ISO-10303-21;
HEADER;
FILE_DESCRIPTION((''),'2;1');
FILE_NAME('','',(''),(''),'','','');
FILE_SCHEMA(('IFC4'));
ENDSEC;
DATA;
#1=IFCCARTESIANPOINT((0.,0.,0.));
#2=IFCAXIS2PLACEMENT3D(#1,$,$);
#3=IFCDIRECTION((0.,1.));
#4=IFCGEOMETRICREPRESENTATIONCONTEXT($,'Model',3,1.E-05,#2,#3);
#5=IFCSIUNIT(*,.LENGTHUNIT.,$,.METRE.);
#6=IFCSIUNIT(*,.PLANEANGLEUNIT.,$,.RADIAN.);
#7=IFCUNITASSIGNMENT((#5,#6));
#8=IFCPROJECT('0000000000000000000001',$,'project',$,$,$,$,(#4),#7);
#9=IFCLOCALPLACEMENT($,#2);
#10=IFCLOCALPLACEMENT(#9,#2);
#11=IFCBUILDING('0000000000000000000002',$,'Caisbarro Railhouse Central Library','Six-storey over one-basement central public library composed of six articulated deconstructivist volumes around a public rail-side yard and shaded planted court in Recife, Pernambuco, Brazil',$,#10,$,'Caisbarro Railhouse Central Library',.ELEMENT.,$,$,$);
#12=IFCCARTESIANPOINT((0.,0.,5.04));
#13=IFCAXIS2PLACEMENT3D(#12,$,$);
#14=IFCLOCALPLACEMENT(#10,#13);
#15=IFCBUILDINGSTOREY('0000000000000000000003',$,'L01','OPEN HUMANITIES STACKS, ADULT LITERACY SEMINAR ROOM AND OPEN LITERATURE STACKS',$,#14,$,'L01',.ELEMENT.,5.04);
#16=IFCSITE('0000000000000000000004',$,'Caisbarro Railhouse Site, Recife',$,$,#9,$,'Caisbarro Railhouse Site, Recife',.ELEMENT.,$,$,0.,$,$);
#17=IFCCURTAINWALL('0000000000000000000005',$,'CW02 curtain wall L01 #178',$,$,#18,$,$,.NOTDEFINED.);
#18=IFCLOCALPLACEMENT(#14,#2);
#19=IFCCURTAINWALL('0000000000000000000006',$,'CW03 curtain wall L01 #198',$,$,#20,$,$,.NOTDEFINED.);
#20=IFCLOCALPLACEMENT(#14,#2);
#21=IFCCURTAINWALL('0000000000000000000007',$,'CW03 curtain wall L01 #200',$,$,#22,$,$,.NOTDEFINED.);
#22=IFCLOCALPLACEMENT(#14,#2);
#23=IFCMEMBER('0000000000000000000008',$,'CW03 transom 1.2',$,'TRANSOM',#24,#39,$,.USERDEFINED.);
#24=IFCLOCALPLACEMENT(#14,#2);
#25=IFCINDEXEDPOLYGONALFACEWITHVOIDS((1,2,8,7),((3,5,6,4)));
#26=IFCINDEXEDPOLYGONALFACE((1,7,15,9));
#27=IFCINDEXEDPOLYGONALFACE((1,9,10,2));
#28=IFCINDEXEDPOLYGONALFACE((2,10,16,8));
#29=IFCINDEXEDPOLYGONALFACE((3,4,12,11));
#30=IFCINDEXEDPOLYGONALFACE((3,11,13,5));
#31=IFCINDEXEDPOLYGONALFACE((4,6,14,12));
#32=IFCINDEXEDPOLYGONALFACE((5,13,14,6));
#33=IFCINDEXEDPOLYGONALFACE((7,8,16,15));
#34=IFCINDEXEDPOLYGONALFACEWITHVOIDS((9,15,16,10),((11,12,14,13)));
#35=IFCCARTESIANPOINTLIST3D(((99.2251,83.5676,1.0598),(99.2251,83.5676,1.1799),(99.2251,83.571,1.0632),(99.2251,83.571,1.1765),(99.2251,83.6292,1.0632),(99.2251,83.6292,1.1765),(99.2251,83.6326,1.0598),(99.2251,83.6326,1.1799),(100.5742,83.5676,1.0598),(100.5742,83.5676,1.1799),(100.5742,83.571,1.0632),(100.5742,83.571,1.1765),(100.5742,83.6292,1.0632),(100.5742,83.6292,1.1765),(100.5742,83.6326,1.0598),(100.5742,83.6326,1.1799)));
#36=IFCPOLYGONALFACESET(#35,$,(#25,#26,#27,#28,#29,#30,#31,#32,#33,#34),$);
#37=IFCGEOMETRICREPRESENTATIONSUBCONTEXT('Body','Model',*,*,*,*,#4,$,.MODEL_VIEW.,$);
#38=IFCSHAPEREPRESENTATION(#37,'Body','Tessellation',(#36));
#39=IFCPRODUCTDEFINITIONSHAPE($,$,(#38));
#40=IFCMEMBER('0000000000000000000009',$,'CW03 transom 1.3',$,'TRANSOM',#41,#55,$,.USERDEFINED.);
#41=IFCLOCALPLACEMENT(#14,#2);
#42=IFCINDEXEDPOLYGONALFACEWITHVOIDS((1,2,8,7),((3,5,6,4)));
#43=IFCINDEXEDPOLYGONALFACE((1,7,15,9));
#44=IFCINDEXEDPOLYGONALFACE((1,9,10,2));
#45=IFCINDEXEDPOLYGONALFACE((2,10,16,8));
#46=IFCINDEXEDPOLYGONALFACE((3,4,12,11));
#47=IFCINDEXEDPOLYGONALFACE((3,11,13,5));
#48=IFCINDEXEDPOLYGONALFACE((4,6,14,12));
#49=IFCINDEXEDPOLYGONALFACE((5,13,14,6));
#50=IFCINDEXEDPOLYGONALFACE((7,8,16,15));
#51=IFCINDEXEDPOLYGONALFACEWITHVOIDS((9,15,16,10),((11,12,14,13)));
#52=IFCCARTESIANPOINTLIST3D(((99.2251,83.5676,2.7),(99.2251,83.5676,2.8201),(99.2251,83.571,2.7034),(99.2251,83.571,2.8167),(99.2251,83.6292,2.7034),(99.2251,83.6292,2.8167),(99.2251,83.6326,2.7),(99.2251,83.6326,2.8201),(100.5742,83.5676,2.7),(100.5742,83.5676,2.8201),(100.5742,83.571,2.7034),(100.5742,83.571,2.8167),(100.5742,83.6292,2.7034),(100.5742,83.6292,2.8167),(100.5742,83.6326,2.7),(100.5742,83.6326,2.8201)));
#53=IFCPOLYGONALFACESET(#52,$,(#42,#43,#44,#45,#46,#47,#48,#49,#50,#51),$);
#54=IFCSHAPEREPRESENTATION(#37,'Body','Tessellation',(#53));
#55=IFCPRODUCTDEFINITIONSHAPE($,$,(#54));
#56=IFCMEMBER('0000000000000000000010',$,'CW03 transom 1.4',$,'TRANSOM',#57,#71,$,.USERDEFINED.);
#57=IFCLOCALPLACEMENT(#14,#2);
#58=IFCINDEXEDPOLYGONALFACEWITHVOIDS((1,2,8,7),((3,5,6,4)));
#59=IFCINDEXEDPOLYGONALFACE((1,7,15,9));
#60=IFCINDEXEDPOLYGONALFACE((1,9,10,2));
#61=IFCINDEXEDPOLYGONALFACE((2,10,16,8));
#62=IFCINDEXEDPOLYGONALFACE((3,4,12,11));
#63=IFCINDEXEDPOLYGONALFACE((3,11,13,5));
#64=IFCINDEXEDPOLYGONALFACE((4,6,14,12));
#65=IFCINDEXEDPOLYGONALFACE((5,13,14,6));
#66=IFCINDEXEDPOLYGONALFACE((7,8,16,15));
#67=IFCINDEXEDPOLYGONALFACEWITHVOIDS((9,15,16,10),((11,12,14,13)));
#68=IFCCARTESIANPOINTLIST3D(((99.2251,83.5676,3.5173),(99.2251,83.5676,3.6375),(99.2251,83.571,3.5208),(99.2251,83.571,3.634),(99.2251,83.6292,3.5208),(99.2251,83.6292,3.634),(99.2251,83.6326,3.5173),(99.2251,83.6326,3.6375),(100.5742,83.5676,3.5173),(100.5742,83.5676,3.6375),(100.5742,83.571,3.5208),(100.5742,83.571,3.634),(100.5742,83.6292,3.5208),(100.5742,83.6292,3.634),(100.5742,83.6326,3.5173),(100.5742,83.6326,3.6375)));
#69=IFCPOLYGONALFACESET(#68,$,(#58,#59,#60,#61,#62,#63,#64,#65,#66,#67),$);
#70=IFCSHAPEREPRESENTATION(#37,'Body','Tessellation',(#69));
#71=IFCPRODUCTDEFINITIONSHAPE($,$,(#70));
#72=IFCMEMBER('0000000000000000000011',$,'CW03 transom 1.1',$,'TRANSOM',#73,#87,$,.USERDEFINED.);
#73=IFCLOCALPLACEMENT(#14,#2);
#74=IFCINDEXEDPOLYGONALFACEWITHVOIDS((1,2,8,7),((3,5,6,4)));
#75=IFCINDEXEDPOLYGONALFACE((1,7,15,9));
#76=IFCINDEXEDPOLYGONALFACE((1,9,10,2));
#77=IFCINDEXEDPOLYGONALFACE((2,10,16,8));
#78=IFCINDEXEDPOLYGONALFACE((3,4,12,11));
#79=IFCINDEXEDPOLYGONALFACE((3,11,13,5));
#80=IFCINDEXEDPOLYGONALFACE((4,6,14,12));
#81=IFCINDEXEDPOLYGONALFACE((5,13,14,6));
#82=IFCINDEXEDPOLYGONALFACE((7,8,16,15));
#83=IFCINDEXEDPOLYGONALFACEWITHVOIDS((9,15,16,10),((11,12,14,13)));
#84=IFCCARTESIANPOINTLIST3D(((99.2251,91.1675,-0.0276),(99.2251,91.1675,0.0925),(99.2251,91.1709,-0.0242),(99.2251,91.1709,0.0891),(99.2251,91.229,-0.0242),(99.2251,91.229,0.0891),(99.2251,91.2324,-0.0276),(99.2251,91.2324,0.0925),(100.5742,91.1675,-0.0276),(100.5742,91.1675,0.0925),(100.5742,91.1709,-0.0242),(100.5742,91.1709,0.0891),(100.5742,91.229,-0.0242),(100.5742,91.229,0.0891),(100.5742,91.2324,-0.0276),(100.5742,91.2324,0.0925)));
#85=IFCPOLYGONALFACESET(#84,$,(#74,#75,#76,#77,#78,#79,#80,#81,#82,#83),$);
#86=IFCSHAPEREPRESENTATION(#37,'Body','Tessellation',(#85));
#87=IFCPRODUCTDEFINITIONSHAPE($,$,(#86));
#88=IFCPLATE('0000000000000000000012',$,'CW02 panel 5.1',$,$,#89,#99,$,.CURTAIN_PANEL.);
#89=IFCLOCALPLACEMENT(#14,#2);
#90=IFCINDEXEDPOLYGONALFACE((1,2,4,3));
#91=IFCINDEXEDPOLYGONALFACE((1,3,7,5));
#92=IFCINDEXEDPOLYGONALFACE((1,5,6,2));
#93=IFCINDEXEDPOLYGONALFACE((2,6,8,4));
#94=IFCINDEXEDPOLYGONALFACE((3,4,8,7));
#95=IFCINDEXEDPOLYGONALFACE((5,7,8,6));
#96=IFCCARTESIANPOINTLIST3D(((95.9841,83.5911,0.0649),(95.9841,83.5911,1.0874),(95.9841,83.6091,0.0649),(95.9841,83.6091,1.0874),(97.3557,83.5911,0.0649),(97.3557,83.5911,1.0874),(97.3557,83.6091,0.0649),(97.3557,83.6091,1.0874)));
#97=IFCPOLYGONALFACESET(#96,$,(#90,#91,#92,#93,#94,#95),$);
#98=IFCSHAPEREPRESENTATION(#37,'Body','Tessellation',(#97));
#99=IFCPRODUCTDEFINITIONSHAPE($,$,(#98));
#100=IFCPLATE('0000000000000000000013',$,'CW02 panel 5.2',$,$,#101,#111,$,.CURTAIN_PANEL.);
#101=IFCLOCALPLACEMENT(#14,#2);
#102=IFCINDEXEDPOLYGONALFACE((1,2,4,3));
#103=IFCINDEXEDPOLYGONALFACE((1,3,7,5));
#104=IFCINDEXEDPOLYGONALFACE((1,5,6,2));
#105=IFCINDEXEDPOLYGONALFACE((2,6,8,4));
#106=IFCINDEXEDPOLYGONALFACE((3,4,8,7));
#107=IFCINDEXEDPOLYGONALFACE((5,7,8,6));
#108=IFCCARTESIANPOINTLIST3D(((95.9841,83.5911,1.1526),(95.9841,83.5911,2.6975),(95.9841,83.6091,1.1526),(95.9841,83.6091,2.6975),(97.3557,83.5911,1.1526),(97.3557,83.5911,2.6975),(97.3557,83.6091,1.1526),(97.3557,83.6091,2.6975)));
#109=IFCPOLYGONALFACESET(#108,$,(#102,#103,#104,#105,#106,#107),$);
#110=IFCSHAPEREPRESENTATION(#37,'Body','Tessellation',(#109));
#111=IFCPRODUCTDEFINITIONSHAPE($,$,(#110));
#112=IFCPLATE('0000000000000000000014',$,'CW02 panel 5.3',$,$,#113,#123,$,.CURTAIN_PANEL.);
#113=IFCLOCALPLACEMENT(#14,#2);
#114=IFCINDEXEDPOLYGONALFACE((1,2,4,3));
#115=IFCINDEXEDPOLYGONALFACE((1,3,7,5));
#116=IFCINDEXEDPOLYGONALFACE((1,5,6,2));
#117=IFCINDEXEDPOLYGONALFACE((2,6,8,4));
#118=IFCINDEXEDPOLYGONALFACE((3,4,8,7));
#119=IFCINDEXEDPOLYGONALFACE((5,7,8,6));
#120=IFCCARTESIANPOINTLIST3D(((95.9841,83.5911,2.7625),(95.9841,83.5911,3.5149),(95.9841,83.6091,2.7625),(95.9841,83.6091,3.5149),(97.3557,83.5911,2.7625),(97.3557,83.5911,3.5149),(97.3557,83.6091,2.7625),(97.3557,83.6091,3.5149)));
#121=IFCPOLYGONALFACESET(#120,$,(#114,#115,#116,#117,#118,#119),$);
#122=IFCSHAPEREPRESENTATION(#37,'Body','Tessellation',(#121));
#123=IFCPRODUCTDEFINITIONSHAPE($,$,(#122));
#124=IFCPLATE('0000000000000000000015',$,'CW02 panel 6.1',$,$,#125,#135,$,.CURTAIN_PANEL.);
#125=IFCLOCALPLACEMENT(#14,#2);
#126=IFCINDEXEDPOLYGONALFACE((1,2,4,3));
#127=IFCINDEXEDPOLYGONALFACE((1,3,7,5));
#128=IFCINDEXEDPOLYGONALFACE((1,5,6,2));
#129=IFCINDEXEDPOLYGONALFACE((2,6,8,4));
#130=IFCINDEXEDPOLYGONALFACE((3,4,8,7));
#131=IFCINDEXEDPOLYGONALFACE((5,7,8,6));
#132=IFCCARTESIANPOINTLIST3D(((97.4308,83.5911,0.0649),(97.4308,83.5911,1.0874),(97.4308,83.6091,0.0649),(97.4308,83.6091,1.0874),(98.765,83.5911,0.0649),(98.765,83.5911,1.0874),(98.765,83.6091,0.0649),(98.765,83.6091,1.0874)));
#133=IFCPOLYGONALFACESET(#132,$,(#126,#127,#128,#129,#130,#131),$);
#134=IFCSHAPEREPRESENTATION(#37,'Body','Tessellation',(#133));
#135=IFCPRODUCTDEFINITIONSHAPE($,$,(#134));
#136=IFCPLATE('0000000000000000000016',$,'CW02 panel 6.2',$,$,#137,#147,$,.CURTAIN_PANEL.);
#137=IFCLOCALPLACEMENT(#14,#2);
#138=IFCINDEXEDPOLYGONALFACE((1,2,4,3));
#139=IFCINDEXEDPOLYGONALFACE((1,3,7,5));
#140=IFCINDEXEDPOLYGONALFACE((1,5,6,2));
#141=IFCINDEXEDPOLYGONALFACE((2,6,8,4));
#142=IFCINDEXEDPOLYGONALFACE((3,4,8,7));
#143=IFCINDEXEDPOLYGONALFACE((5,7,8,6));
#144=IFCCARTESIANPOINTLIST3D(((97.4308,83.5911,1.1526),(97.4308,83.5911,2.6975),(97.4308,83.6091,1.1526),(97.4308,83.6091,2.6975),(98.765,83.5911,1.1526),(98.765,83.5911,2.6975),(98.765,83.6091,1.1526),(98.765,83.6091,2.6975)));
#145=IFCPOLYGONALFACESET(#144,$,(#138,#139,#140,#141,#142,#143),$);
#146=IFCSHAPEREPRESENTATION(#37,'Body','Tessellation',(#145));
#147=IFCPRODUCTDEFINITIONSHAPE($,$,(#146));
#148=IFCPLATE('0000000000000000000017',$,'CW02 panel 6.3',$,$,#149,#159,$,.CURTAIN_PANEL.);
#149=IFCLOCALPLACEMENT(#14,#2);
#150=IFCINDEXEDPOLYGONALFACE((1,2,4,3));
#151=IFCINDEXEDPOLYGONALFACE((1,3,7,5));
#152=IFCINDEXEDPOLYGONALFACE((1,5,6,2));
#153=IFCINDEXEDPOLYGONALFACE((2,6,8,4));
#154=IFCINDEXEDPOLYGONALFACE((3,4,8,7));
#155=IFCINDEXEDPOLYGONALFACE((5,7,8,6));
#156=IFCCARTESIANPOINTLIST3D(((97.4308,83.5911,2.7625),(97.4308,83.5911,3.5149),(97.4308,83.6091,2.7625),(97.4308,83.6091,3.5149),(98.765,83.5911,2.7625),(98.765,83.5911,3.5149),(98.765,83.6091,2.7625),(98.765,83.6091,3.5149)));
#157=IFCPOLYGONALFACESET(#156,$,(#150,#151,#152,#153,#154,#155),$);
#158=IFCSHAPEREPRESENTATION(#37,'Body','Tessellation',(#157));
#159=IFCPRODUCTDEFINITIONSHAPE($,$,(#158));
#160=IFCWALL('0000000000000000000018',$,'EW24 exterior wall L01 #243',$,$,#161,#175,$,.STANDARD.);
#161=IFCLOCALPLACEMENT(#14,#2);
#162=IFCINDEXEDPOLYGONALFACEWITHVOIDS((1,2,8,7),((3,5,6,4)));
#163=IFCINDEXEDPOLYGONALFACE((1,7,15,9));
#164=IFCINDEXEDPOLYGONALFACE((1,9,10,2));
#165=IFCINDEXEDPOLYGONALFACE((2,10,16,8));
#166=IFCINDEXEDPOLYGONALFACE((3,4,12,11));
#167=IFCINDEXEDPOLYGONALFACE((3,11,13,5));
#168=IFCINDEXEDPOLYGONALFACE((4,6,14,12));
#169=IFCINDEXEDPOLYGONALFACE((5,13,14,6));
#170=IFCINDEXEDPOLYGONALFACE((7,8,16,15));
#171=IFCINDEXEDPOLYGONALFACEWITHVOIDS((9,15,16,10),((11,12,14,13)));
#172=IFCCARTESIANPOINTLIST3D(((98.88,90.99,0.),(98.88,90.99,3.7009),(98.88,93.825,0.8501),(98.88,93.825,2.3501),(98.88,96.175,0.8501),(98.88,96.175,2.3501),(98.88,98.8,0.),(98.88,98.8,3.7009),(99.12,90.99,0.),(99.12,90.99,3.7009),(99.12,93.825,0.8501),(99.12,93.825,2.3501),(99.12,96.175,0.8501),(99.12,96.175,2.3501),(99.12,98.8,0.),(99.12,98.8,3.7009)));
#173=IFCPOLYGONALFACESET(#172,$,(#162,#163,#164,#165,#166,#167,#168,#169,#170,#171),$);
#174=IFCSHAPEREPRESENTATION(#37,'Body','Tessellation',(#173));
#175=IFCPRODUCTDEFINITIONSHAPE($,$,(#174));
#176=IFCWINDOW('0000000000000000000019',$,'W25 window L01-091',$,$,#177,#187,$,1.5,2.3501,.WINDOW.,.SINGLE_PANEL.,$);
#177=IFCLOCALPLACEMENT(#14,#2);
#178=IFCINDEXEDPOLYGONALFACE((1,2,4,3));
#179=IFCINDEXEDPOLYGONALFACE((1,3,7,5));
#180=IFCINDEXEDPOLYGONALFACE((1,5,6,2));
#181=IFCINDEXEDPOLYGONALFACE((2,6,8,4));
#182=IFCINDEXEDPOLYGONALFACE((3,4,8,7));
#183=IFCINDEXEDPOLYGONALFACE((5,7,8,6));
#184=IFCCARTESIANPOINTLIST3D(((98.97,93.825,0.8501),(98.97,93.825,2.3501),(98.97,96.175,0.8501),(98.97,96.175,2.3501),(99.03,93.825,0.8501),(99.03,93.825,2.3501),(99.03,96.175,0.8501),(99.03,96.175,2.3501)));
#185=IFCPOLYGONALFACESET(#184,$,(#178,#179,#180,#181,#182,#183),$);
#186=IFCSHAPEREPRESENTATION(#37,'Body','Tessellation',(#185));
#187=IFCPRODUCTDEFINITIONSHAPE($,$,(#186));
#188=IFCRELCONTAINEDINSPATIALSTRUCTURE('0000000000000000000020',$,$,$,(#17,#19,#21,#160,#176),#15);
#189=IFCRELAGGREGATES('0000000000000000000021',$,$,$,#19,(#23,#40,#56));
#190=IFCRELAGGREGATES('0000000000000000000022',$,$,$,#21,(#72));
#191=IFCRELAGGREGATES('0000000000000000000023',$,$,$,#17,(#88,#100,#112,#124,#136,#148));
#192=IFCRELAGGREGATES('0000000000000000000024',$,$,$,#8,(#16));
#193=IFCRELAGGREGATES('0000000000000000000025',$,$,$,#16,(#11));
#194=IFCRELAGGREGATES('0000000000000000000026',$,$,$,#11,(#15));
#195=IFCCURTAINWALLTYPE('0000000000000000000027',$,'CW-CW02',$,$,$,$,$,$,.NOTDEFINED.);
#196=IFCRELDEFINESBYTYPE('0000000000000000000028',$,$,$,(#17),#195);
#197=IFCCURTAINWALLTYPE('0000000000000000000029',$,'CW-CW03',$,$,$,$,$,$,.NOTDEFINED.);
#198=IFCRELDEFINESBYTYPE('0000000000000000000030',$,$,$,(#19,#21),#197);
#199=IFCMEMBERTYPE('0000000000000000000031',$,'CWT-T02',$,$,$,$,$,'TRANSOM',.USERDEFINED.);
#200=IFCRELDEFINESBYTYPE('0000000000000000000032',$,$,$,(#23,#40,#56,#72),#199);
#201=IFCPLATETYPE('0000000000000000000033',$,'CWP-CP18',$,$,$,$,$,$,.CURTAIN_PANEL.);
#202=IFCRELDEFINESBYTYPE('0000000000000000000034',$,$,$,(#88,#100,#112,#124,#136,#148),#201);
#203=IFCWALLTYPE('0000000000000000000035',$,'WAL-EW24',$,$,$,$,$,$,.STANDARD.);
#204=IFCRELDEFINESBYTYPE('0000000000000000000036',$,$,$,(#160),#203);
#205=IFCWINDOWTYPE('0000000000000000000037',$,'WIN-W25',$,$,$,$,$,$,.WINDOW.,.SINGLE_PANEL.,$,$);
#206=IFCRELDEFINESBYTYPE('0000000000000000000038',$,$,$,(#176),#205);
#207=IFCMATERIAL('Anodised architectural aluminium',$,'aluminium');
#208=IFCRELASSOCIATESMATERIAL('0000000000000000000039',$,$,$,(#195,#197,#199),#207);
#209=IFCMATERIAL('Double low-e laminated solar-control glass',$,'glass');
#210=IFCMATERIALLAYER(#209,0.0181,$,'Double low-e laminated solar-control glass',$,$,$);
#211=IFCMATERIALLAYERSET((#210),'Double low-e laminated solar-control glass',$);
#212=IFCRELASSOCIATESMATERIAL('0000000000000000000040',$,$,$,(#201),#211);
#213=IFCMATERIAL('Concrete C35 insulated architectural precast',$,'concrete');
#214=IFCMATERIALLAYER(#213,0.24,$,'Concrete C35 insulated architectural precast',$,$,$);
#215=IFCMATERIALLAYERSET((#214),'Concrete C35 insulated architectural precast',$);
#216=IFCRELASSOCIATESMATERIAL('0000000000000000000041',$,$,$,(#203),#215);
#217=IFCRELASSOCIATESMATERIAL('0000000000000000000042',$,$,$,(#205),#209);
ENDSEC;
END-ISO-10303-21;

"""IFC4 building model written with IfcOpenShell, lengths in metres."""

from ifc_helpers import new_model, si_unit, direction, frame, frame_2d, origin, origin_2d, place, context, subcontext, project, spatial, rectangle, hollow_rectangle, extrude, material, layer, layer_set, material_profile, profile_set, type_object, element, fill, aggregate, save


model = new_model("IFC4")

# Units and contexts
model_context = context("Model", 3, precision=1e-05, world=origin(), true_north=direction((0.0, 1.0)))
body_context = subcontext(model_context, "Body", "Model", "MODEL_VIEW")
ifc_project = project(units=[si_unit("LENGTHUNIT", "METRE"), si_unit("PLANEANGLEUNIT", "RADIAN")], contexts=[model_context])

# Site, building, storey
site_placement = place(None, origin())
site = spatial("IfcSite", under=ifc_project, at=site_placement, Name="Caisbarro Railhouse Site, Recife", LongName="Caisbarro Railhouse Site, Recife", CompositionType="ELEMENT", RefElevation=0.0)
building_placement = place(site_placement, origin())
building = spatial("IfcBuilding", under=site, at=building_placement, Name="Caisbarro Railhouse Central Library", Description="Six-storey over one-basement central public library composed of six articulated deconstructivist volumes around a public rail-side yard and shaded planted court in Recife, Pernambuco, Brazil", LongName="Caisbarro Railhouse Central Library", CompositionType="ELEMENT")
storey_placement = place(building_placement, frame((0.0, 0.0, 5.04)))
storey = spatial("IfcBuildingStorey", under=building, at=storey_placement, Name="L01", Description="OPEN HUMANITIES STACKS, ADULT LITERACY SEMINAR ROOM AND OPEN LITERATURE STACKS", LongName="L01", CompositionType="ELEMENT", Elevation=5.04)

# Curtain wall
ifc_material_1 = material(Name="Anodised architectural aluminium", Category="aluminium")
curtain_wall_type_1 = type_object("IfcCurtainWallType", Name="CW-CW02", PredefinedType="NOTDEFINED", material=ifc_material_1)
curtain_wall_1_placement = place(storey_placement, origin())
curtain_wall_1 = element("IfcCurtainWall", 1, at=curtain_wall_1_placement, inside=storey, type_object=curtain_wall_type_1, Name="CW02 curtain wall L01 #178", PredefinedType="NOTDEFINED")

# Curtain walls
curtain_wall_type_2 = type_object("IfcCurtainWallType", Name="CW-CW03", PredefinedType="NOTDEFINED", material=ifc_material_1)
curtain_wall_2_placement = place(storey_placement, origin())
curtain_wall_2 = element("IfcCurtainWall", 2, at=curtain_wall_2_placement, inside=storey, type_object=curtain_wall_type_2, Name="CW03 curtain wall L01 #198", PredefinedType="NOTDEFINED")
curtain_wall_3_placement = place(storey_placement, origin())
curtain_wall_3 = element("IfcCurtainWall", 3, at=curtain_wall_3_placement, inside=storey, type_object=curtain_wall_type_2, Name="CW03 curtain wall L01 #200", PredefinedType="NOTDEFINED")

# Members
ifc_material_profile_1 = material_profile(ifc_material_1, hollow_rectangle(XDim=0.0649, YDim=0.1201, WallThickness=0.0034, at=origin_2d()), Name="ALU-TRN-65X120")
ifc_profile_set_1 = profile_set([ifc_material_profile_1], Name="Anodised architectural aluminium")
member_type_1 = type_object("IfcMemberType", Name="CWT-T02", ElementType="TRANSOM", PredefinedType="USERDEFINED", material=ifc_profile_set_1)
member_1_placement = place(storey_placement, frame((99.2251, 83.6001, 1.1199), z_axis=(1.0, 0.0, 0.0), x_axis=(0.0, 1.0, 0.0)))
member_1 = element("IfcMember", 4, at=member_1_placement, type_object=member_type_1, Name="CW03 transom 1.2", ObjectType="TRANSOM", PredefinedType="USERDEFINED", context=body_context, shape_type="SweptSolid", body=[
    extrude(hollow_rectangle(XDim=0.0649, YDim=0.1201, WallThickness=0.0034, at=origin_2d()), origin(), (0.0, 0.0, 1.0), 1.3491),
])
member_2_placement = place(storey_placement, frame((99.2251, 83.6001, 2.76), z_axis=(1.0, 0.0, 0.0), x_axis=(0.0, 1.0, 0.0)))
member_2 = element("IfcMember", 5, at=member_2_placement, type_object=member_type_1, Name="CW03 transom 1.3", ObjectType="TRANSOM", PredefinedType="USERDEFINED", context=body_context, shape_type="SweptSolid", body=[
    extrude(hollow_rectangle(XDim=0.0649, YDim=0.1201, WallThickness=0.0034, at=origin_2d()), origin(), (0.0, 0.0, 1.0), 1.3491),
])
member_3_placement = place(storey_placement, frame((99.2251, 83.6001, 3.5774), z_axis=(1.0, 0.0, 0.0), x_axis=(0.0, 1.0, 0.0)))
member_3 = element("IfcMember", 6, at=member_3_placement, type_object=member_type_1, Name="CW03 transom 1.4", ObjectType="TRANSOM", PredefinedType="USERDEFINED", context=body_context, shape_type="SweptSolid", body=[
    extrude(hollow_rectangle(XDim=0.0649, YDim=0.1201, WallThickness=0.0034, at=origin_2d()), origin(), (0.0, 0.0, 1.0), 1.3491),
])
aggregate(curtain_wall_2, [member_1, member_2, member_3])
member_4_placement = place(storey_placement, frame((99.2251, 91.2, 0.0325), z_axis=(1.0, 0.0, 0.0), x_axis=(0.0, 1.0, 0.0)))
member_4 = element("IfcMember", 7, at=member_4_placement, type_object=member_type_1, Name="CW03 transom 1.1", ObjectType="TRANSOM", PredefinedType="USERDEFINED", context=body_context, shape_type="SweptSolid", body=[
    extrude(hollow_rectangle(XDim=0.0649, YDim=0.1201, WallThickness=0.0034, at=origin_2d()), origin(), (0.0, 0.0, 1.0), 1.3491),
])
aggregate(curtain_wall_3, [member_4])

# Plates
ifc_material_2 = material(Name="Double low-e laminated solar-control glass", Category="glass")
ifc_layer_1 = layer(ifc_material_2, 0.0181, Name="Double low-e laminated solar-control glass")
ifc_layer_set_1 = layer_set([ifc_layer_1], Name="Double low-e laminated solar-control glass")
plate_type = type_object("IfcPlateType", Name="CWP-CP18", PredefinedType="CURTAIN_PANEL", material=ifc_layer_set_1)
plate_1_placement = place(storey_placement, frame((96.6699, 83.6001, 0.0649), z_axis=(0.0, 0.0, 1.0), x_axis=(1.0, 0.0, 0.0)))
plate_1 = element("IfcPlate", 8, at=plate_1_placement, type_object=plate_type, Name="CW02 panel 5.1", PredefinedType="CURTAIN_PANEL", context=body_context, shape_type="SweptSolid", body=[
    extrude(rectangle(XDim=1.3716, YDim=0.0181, at=origin_2d()), origin(), (0.0, 0.0, 1.0), 1.0225),
])
plate_2_placement = place(storey_placement, frame((96.6699, 83.6001, 1.1526), z_axis=(0.0, 0.0, 1.0), x_axis=(1.0, 0.0, 0.0)))
plate_2 = element("IfcPlate", 9, at=plate_2_placement, type_object=plate_type, Name="CW02 panel 5.2", PredefinedType="CURTAIN_PANEL", context=body_context, shape_type="SweptSolid", body=[
    extrude(rectangle(XDim=1.3716, YDim=0.0181, at=origin_2d()), origin(), (0.0, 0.0, 1.0), 1.5449),
])
plate_3_placement = place(storey_placement, frame((96.6699, 83.6001, 2.7625), z_axis=(0.0, 0.0, 1.0), x_axis=(1.0, 0.0, 0.0)))
plate_3 = element("IfcPlate", 10, at=plate_3_placement, type_object=plate_type, Name="CW02 panel 5.3", PredefinedType="CURTAIN_PANEL", context=body_context, shape_type="SweptSolid", body=[
    extrude(rectangle(XDim=1.3716, YDim=0.0181, at=origin_2d()), origin(), (0.0, 0.0, 1.0), 0.7524),
])
plate_4_placement = place(storey_placement, frame((98.0979, 83.6001, 0.0649), z_axis=(0.0, 0.0, 1.0), x_axis=(1.0, 0.0, 0.0)))
plate_4 = element("IfcPlate", 11, at=plate_4_placement, type_object=plate_type, Name="CW02 panel 6.1", PredefinedType="CURTAIN_PANEL", context=body_context, shape_type="SweptSolid", body=[
    extrude(rectangle(XDim=1.3342, YDim=0.0181, at=origin_2d()), origin(), (0.0, 0.0, 1.0), 1.0225),
])
plate_5_placement = place(storey_placement, frame((98.0979, 83.6001, 1.1526), z_axis=(0.0, 0.0, 1.0), x_axis=(1.0, 0.0, 0.0)))
plate_5 = element("IfcPlate", 12, at=plate_5_placement, type_object=plate_type, Name="CW02 panel 6.2", PredefinedType="CURTAIN_PANEL", context=body_context, shape_type="SweptSolid", body=[
    extrude(rectangle(XDim=1.3342, YDim=0.0181, at=origin_2d()), origin(), (0.0, 0.0, 1.0), 1.5449),
])
plate_6_placement = place(storey_placement, frame((98.0979, 83.6001, 2.7625), z_axis=(0.0, 0.0, 1.0), x_axis=(1.0, 0.0, 0.0)))
plate_6 = element("IfcPlate", 13, at=plate_6_placement, type_object=plate_type, Name="CW02 panel 6.3", PredefinedType="CURTAIN_PANEL", context=body_context, shape_type="SweptSolid", body=[
    extrude(rectangle(XDim=1.3342, YDim=0.0181, at=origin_2d()), origin(), (0.0, 0.0, 1.0), 0.7524),
])
aggregate(curtain_wall_1, [plate_1, plate_2, plate_3, plate_4, plate_5, plate_6])

# Wall, opening, window
ifc_material_3 = material(Name="Concrete C35 insulated architectural precast", Category="concrete")
ifc_layer_2 = layer(ifc_material_3, 0.24, Name="Concrete C35 insulated architectural precast")
ifc_layer_set_2 = layer_set([ifc_layer_2], Name="Concrete C35 insulated architectural precast")
wall_type_1 = type_object("IfcWallType", Name="WAL-EW24", PredefinedType="STANDARD", material=ifc_layer_set_2)
wall_1_placement = place(storey_placement, frame((99.0, 90.99, 0.0), z_axis=(0.0, 0.0, 1.0), x_axis=(0.0, 1.0, 0.0)))
wall_1 = element("IfcWall", 14, at=wall_1_placement, inside=storey, type_object=wall_type_1, Name="EW24 exterior wall L01 #243", PredefinedType="STANDARD", context=body_context, shape_type="SweptSolid", body=[
    extrude(rectangle(XDim=7.8101, YDim=0.24, at=frame_2d((3.905, 0.0))), origin(), (0.0, 0.0, 1.0), 3.7009),
])
opening_1_placement = place(wall_1_placement, frame((2.835, 0.0, 0.8501)))
opening_1 = element("IfcOpeningElement", 15, at=opening_1_placement, cuts=wall_1, PredefinedType="OPENING", context=body_context, shape_type="SweptSolid", body=[
    extrude(rectangle(XDim=2.3501, YDim=1.5, at=frame_2d((1.175, 0.75))), frame((0.0, 0.1299, 0.0), z_axis=(0.0, -1.0, 0.0), x_axis=(1.0, 0.0, 0.0)), (0.0, 0.0, 1.0), 0.26),
])
window_type = type_object("IfcWindowType", Name="WIN-W25", PartitioningType="SINGLE_PANEL", PredefinedType="WINDOW", material=ifc_material_2)
window_placement = place(opening_1_placement, origin())
window = element("IfcWindow", 16, at=window_placement, inside=storey, type_object=window_type, Name="W25 window L01-091", OverallHeight=1.5, OverallWidth=2.3501, PartitioningType="SINGLE_PANEL", PredefinedType="WINDOW", context=body_context, shape_type="SweptSolid", body=[
    extrude(rectangle(XDim=2.3501, YDim=1.5, at=frame_2d((1.175, 0.75))), frame((0.0, 0.03, 0.0), z_axis=(0.0, -1.0, 0.0), x_axis=(1.0, 0.0, 0.0)), (0.0, 0.0, 1.0), 0.0601),
])
fill(opening_1, window)

save(model, "model.ifc")
